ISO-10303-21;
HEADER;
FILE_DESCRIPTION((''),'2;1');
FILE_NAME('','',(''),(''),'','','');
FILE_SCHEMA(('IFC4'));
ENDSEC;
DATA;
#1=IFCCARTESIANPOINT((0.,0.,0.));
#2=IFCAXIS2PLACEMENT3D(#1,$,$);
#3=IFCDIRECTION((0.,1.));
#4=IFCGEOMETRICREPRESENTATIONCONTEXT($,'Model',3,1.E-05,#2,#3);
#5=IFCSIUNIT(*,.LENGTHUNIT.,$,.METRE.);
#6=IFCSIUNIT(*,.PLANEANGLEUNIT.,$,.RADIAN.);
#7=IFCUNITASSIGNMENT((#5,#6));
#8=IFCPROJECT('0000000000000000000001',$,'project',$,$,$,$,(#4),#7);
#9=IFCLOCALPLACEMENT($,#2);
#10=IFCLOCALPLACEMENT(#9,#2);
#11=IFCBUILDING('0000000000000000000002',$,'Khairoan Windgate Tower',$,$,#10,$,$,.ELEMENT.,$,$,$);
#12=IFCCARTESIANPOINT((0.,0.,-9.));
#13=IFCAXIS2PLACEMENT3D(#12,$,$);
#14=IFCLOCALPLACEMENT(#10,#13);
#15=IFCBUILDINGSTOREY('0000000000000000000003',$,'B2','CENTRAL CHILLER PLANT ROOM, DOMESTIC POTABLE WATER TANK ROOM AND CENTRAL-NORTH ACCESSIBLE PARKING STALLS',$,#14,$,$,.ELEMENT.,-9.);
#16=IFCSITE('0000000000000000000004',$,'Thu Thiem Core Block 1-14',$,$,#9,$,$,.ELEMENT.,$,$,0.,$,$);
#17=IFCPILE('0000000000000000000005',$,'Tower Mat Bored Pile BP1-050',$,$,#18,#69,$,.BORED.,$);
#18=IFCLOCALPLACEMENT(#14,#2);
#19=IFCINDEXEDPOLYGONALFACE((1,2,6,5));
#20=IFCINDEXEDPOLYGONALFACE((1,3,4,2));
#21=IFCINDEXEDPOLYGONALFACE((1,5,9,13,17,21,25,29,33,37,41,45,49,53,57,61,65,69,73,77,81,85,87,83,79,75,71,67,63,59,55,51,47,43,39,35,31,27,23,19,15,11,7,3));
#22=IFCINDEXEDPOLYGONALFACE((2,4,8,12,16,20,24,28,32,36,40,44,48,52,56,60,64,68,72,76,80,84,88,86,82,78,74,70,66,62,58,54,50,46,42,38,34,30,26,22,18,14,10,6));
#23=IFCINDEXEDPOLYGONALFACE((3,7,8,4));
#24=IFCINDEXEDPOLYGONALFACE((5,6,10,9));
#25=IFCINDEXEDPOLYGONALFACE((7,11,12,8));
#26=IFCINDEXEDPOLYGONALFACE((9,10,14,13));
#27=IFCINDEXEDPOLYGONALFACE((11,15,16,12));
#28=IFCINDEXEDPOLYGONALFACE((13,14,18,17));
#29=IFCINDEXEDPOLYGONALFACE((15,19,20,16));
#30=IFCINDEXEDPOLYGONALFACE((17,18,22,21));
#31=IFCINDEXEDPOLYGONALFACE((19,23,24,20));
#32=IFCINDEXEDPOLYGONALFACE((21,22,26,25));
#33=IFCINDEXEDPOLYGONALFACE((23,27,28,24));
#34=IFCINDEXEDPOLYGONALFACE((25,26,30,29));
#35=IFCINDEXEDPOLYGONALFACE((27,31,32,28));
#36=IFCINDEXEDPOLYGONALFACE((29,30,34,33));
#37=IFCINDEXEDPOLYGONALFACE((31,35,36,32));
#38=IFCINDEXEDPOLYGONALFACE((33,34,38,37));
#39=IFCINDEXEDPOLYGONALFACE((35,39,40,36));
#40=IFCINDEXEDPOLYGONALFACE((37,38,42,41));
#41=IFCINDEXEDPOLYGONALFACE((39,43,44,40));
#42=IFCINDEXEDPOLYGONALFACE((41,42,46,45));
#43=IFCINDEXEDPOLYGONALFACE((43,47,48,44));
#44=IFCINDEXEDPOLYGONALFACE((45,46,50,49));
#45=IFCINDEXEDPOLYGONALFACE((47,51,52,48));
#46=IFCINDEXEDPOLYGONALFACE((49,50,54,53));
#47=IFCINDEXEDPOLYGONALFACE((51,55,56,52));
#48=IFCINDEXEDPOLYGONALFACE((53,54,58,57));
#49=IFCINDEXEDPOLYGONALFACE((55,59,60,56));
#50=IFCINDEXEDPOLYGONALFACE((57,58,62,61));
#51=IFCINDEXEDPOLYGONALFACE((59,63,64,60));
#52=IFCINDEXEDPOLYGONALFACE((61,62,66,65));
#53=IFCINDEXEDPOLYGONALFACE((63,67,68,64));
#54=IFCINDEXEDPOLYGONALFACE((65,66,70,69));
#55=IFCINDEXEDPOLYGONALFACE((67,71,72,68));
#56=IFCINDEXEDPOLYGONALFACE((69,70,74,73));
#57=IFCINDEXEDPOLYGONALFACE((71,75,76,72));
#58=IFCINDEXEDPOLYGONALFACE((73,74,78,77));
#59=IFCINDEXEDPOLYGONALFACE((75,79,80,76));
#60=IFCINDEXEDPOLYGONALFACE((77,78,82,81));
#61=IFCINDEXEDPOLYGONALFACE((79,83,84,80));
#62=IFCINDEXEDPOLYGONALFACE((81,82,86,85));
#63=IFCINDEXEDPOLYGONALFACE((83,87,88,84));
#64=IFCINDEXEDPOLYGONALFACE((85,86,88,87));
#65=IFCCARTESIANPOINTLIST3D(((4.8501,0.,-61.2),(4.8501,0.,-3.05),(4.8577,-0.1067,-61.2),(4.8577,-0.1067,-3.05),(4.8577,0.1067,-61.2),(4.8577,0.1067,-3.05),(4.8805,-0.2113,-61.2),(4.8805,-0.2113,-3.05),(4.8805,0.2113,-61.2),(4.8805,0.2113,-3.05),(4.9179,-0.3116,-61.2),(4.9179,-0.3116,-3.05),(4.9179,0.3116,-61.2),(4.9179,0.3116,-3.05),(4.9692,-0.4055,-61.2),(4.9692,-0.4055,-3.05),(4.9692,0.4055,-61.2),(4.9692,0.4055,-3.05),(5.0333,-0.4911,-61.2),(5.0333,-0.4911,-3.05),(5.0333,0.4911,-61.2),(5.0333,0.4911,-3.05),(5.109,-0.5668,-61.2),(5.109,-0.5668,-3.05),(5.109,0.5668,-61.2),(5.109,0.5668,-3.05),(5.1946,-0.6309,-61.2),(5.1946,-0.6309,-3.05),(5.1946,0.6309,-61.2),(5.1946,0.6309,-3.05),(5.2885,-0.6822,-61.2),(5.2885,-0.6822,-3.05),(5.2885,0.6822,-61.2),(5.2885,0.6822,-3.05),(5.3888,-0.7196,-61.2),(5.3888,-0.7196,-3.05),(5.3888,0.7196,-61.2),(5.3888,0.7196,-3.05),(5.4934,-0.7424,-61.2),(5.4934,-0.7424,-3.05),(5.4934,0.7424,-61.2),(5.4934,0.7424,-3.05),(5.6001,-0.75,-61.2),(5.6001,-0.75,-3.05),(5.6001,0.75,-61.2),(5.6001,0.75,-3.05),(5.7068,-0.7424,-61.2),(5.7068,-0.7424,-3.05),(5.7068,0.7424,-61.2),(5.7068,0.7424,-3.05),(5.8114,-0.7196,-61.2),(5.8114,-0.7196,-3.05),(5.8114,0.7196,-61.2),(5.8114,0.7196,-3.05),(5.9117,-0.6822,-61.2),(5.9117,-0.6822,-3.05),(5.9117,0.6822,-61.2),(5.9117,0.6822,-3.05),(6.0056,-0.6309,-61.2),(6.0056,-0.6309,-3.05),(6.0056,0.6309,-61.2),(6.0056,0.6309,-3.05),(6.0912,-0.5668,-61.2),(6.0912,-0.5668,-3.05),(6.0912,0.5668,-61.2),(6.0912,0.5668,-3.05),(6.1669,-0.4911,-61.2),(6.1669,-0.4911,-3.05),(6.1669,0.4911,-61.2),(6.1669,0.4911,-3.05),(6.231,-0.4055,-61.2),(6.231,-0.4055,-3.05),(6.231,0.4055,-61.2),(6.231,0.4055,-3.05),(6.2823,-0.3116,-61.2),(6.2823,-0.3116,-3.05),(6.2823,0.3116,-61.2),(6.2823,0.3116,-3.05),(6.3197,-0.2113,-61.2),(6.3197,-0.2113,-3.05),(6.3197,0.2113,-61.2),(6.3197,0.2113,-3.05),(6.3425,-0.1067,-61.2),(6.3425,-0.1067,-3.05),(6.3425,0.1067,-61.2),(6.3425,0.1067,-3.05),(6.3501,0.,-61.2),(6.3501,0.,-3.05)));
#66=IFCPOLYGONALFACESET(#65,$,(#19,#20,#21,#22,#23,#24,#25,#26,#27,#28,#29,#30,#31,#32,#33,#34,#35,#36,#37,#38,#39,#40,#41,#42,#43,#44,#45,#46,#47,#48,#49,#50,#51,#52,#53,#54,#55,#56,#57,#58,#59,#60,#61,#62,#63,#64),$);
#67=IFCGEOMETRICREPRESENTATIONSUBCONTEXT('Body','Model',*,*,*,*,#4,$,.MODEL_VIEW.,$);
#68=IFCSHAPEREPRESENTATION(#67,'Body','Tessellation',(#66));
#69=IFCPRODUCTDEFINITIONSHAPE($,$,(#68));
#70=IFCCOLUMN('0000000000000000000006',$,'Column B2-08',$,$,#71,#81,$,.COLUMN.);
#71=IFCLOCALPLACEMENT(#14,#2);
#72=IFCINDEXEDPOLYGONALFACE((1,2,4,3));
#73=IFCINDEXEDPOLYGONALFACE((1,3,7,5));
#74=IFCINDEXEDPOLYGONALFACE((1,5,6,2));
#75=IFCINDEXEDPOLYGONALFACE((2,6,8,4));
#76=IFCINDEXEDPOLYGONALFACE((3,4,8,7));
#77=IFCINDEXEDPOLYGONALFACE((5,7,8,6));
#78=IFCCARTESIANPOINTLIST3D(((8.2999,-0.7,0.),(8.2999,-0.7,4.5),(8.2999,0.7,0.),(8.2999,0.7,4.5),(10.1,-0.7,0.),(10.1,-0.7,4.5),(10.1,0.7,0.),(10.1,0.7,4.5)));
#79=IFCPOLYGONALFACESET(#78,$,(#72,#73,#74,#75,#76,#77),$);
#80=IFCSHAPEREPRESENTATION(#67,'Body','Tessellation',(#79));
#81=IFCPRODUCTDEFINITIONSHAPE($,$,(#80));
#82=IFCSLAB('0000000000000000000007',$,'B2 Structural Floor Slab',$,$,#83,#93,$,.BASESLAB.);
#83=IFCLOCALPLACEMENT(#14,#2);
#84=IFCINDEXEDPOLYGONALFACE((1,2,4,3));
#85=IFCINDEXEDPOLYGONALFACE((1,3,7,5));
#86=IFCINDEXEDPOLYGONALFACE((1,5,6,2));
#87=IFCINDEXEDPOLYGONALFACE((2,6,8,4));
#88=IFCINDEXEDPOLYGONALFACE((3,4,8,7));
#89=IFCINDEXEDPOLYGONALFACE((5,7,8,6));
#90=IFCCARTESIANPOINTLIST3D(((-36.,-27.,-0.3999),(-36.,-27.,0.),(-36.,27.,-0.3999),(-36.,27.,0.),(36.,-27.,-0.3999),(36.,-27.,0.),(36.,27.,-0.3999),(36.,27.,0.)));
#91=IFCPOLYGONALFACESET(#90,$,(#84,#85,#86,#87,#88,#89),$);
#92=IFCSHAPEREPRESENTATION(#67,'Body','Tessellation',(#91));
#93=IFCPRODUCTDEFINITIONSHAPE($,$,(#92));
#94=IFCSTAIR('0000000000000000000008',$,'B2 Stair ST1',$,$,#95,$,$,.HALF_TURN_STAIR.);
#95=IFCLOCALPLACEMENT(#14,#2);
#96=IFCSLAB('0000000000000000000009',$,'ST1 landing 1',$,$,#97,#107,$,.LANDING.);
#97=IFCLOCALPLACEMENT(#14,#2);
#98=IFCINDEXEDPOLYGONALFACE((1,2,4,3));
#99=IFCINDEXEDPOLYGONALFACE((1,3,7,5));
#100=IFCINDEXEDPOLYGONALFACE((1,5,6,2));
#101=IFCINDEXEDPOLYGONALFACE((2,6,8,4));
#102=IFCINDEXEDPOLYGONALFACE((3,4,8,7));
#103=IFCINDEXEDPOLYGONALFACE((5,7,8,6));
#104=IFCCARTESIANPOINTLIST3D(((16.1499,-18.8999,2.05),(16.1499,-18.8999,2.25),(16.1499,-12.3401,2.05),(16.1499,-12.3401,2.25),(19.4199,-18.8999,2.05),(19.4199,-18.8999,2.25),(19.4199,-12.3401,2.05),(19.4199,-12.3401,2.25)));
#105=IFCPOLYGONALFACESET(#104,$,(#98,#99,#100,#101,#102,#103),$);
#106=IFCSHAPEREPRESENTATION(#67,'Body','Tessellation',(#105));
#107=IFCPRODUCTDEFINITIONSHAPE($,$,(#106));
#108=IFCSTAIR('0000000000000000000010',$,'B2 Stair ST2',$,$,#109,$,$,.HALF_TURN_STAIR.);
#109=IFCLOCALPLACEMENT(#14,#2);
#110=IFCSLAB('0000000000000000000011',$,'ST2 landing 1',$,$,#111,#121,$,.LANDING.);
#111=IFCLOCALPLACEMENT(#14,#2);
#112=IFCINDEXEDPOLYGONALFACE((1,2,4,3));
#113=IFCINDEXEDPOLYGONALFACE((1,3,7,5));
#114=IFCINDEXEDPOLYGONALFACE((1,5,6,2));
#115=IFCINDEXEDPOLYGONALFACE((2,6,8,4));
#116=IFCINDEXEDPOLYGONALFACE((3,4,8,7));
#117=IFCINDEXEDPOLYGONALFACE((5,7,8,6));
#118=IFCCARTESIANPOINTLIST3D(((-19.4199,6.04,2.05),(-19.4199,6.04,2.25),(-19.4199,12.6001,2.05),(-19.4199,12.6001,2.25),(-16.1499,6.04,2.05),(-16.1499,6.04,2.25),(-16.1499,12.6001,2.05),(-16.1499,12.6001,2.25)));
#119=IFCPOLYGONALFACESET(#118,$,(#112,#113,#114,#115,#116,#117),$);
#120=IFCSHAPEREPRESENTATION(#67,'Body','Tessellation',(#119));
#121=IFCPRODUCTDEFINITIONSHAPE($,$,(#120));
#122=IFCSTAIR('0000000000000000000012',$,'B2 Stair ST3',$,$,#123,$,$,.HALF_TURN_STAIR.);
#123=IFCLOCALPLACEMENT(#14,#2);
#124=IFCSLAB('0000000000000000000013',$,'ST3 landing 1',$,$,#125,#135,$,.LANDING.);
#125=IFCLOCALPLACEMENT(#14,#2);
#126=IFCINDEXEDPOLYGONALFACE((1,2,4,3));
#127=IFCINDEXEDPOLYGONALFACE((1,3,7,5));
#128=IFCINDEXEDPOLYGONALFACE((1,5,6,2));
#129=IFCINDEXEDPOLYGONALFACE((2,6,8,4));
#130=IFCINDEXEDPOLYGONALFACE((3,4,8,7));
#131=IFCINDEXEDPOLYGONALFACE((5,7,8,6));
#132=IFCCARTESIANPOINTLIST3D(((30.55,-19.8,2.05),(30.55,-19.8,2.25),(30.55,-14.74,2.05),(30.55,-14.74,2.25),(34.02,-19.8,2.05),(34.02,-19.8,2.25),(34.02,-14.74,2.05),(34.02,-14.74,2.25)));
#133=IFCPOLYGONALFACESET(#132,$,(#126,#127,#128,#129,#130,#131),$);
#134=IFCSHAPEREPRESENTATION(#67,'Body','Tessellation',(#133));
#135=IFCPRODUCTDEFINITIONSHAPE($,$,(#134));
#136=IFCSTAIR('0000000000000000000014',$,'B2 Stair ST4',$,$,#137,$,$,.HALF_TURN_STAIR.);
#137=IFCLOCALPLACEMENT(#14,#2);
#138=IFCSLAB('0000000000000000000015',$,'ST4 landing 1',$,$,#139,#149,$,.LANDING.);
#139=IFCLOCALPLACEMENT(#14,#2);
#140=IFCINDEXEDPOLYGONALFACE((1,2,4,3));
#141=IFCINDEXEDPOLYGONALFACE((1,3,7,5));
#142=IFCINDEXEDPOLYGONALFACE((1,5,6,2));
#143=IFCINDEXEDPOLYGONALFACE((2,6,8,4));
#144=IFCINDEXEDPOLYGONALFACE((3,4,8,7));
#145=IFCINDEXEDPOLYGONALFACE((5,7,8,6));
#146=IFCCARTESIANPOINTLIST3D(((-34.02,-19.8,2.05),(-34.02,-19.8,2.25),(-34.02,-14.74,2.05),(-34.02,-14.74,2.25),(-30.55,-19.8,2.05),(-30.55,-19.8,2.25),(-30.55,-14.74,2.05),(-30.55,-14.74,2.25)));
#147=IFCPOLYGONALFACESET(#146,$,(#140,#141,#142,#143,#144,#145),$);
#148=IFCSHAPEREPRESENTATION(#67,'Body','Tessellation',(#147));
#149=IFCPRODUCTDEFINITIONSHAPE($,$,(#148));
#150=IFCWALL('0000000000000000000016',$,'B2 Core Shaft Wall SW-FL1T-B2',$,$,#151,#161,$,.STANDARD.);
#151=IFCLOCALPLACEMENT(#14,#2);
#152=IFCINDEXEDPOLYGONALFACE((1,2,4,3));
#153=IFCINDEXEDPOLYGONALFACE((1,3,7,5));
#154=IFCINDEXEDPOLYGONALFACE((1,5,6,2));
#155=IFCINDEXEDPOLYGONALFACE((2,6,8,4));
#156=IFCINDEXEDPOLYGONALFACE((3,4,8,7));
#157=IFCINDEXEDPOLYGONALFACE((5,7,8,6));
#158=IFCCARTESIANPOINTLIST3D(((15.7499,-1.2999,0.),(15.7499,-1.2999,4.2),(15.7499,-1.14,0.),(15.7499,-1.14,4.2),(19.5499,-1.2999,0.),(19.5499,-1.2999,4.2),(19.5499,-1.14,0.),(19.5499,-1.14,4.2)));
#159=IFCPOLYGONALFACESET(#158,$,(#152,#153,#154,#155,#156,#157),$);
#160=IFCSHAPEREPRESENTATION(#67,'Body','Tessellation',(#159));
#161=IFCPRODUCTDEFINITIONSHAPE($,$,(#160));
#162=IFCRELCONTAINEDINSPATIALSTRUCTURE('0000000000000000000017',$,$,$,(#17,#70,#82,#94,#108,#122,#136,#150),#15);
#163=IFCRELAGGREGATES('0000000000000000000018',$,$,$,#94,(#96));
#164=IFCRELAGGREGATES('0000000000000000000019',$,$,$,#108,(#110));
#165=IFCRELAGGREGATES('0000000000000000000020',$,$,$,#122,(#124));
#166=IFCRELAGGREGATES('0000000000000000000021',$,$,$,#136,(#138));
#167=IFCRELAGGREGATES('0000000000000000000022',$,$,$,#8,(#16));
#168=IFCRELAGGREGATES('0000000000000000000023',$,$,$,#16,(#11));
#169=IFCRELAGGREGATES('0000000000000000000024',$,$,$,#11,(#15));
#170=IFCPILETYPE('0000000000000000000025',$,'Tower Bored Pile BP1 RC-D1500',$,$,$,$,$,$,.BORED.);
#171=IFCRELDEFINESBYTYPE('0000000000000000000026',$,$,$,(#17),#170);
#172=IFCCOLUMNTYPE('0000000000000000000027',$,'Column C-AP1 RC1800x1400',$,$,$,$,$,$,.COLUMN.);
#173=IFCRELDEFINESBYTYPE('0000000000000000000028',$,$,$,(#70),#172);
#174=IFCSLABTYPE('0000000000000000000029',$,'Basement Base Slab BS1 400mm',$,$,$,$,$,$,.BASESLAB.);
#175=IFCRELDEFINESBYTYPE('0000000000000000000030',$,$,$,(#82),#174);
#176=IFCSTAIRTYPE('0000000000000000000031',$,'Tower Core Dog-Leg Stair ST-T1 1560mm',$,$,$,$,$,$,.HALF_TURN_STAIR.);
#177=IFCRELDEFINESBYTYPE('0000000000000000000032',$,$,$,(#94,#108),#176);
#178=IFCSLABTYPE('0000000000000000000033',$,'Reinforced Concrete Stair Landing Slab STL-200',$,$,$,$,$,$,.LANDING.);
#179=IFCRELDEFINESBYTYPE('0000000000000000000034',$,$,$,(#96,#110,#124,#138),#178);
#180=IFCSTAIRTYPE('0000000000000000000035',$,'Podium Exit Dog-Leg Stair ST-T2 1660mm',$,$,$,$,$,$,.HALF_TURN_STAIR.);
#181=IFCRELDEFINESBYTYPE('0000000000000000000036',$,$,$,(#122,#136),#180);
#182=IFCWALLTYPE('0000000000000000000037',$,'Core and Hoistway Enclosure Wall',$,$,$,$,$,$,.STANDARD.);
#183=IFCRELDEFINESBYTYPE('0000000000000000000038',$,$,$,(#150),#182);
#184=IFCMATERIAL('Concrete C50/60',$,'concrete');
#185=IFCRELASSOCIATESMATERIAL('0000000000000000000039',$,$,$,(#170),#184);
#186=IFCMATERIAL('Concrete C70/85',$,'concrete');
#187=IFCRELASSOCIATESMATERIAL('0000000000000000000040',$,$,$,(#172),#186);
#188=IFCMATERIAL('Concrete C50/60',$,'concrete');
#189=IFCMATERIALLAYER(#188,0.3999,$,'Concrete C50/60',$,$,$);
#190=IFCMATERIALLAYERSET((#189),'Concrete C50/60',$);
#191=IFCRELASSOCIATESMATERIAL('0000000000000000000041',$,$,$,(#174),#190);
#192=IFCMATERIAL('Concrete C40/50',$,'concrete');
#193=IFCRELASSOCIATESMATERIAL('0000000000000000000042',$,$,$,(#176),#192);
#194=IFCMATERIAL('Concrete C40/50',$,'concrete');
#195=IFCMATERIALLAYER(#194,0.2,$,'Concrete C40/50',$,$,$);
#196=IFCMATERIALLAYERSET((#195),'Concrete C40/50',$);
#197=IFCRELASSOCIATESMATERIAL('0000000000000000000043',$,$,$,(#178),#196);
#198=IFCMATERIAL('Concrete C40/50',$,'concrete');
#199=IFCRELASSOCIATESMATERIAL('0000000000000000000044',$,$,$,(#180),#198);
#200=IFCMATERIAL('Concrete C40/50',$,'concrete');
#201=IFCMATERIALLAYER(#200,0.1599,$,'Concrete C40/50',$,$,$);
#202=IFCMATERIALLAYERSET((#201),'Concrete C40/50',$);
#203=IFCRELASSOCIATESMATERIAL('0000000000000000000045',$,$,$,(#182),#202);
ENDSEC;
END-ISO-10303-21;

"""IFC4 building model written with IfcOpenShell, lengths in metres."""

from ifc_helpers import new_model, si_unit, direction, frame, frame_2d, origin, origin_2d, place, context, subcontext, project, spatial, polyline, rectangle, circle, outline, extrude, material, layer, layer_set, material_profile, profile_set, type_object, element, aggregate, save


model = new_model("IFC4")

# Units and contexts
model_context = context("Model", 3, precision=1e-05, world=origin(), true_north=direction((0.0, 1.0)))
body_context = subcontext(model_context, "Body", "Model", "MODEL_VIEW")
ifc_project = project(units=[si_unit("LENGTHUNIT", "METRE"), si_unit("PLANEANGLEUNIT", "RADIAN")], contexts=[model_context])

# Site, building, storey
site_placement = place(None, origin())
site = spatial("IfcSite", under=ifc_project, at=site_placement, Name="Thu Thiem Core Block 1-14", CompositionType="ELEMENT", RefElevation=0.0)
building_placement = place(site_placement, origin())
building = spatial("IfcBuilding", under=site, at=building_placement, Name="Khairoan Windgate Tower", CompositionType="ELEMENT")
storey_placement = place(building_placement, frame((0.0, 0.0, -9.0)))
storey = spatial("IfcBuildingStorey", under=building, at=storey_placement, Name="B2", Description="CENTRAL CHILLER PLANT ROOM, DOMESTIC POTABLE WATER TANK ROOM AND CENTRAL-NORTH ACCESSIBLE PARKING STALLS", CompositionType="ELEMENT", Elevation=-9.0)

# Pile
ifc_material_1 = material(Name="Concrete C50/60", Category="concrete")
ifc_material_profile_1 = material_profile(ifc_material_1, circle(Radius=0.75, at=origin_2d()))
ifc_profile_set_1 = profile_set([ifc_material_profile_1], Name="Concrete C50/60")
pile_type = type_object("IfcPileType", Name="Tower Bored Pile BP1 RC-D1500", PredefinedType="BORED", material=ifc_profile_set_1)
pile_placement = place(storey_placement, frame((5.6001, 0.0, -3.05), z_axis=(0.0, 0.0, -1.0), x_axis=(1.0, 0.0, 0.0)))
element("IfcPile", 1, at=pile_placement, inside=storey, type_object=pile_type, Name="Tower Mat Bored Pile BP1-050", PredefinedType="BORED", context=body_context, shape_type="SweptSolid", body=[
    extrude(circle(Radius=0.75, at=origin_2d()), origin(), (0.0, 0.0, 1.0), 58.1499),
])

# Column
ifc_material_2 = material(Name="Concrete C70/85", Category="concrete")
ifc_material_profile_2 = material_profile(ifc_material_2, rectangle(XDim=1.8, YDim=1.3999, at=origin_2d()))
ifc_profile_set_2 = profile_set([ifc_material_profile_2], Name="Concrete C70/85")
column_type = type_object("IfcColumnType", Name="Column C-AP1 RC1800x1400", PredefinedType="COLUMN", material=ifc_profile_set_2)
column_placement = place(storey_placement, frame((9.2, 0.0, 0.0), z_axis=(0.0, 0.0, 1.0), x_axis=(1.0, 0.0, 0.0)))
element("IfcColumn", 2, at=column_placement, inside=storey, type_object=column_type, Name="Column B2-08", PredefinedType="COLUMN", context=body_context, shape_type="SweptSolid", body=[
    extrude(rectangle(XDim=1.8, YDim=1.3999, at=origin_2d()), origin(), (0.0, 0.0, 1.0), 4.5),
])

# Slab
ifc_material_3 = material(Name="Concrete C50/60", Category="concrete")
ifc_layer_1 = layer(ifc_material_3, 0.3999, Name="Concrete C50/60")
ifc_layer_set_1 = layer_set([ifc_layer_1], Name="Concrete C50/60")
slab_type_1 = type_object("IfcSlabType", Name="Basement Base Slab BS1 400mm", PredefinedType="BASESLAB", material=ifc_layer_set_1)
slab_1_placement = place(storey_placement, frame((0.0, 0.0, -0.3999)))
element("IfcSlab", 3, at=slab_1_placement, inside=storey, type_object=slab_type_1, Name="B2 Structural Floor Slab", PredefinedType="BASESLAB", context=body_context, shape_type="SweptSolid", body=[
    extrude(outline(polyline([(-36.0, -27.0), (36.0, -27.0), (36.0, 27.0), (-36.0, 27.0), (-36.0, -27.0)])), origin(), (0.0, 0.0, 1.0), 0.3999),
])

# Stairs, slabs
ifc_material_4 = material(Name="Concrete C40/50", Category="concrete")
stair_type_1 = type_object("IfcStairType", Name="Tower Core Dog-Leg Stair ST-T1 1560mm", PredefinedType="HALF_TURN_STAIR", material=ifc_material_4)
stair_1_placement = place(storey_placement, origin())
stair_1 = element("IfcStair", 4, at=stair_1_placement, inside=storey, type_object=stair_type_1, Name="B2 Stair ST1", PredefinedType="HALF_TURN_STAIR")
ifc_material_5 = material(Name="Concrete C40/50", Category="concrete")
ifc_layer_2 = layer(ifc_material_5, 0.2, Name="Concrete C40/50")
ifc_layer_set_2 = layer_set([ifc_layer_2], Name="Concrete C40/50")
slab_type_2 = type_object("IfcSlabType", Name="Reinforced Concrete Stair Landing Slab STL-200", PredefinedType="LANDING", material=ifc_layer_set_2)
slab_2_placement = place(storey_placement, frame((0.0, 0.0, 2.05)))
slab_2 = element("IfcSlab", 5, at=slab_2_placement, type_object=slab_type_2, Name="ST1 landing 1", PredefinedType="LANDING", context=body_context, shape_type="SweptSolid", body=[
    extrude(outline(polyline([(16.1499, -12.3401), (16.1499, -18.8999), (19.4199, -18.8999), (19.4199, -12.3401), (16.1499, -12.3401)])), origin(), (0.0, 0.0, 1.0), 0.2),
])
aggregate(stair_1, [slab_2])
stair_2_placement = place(storey_placement, origin())
stair_2 = element("IfcStair", 6, at=stair_2_placement, inside=storey, type_object=stair_type_1, Name="B2 Stair ST2", PredefinedType="HALF_TURN_STAIR")
slab_3_placement = place(storey_placement, frame((0.0, 0.0, 2.05)))
slab_3 = element("IfcSlab", 7, at=slab_3_placement, type_object=slab_type_2, Name="ST2 landing 1", PredefinedType="LANDING", context=body_context, shape_type="SweptSolid", body=[
    extrude(outline(polyline([(-16.1499, 6.04), (-16.1499, 12.6001), (-19.4199, 12.6001), (-19.4199, 6.04), (-16.1499, 6.04)])), origin(), (0.0, 0.0, 1.0), 0.2),
])
aggregate(stair_2, [slab_3])
ifc_material_6 = material(Name="Concrete C40/50", Category="concrete")
stair_type_2 = type_object("IfcStairType", Name="Podium Exit Dog-Leg Stair ST-T2 1660mm", PredefinedType="HALF_TURN_STAIR", material=ifc_material_6)
stair_3_placement = place(storey_placement, origin())
stair_3 = element("IfcStair", 8, at=stair_3_placement, inside=storey, type_object=stair_type_2, Name="B2 Stair ST3", PredefinedType="HALF_TURN_STAIR")
slab_4_placement = place(storey_placement, frame((0.0, 0.0, 2.05)))
slab_4 = element("IfcSlab", 9, at=slab_4_placement, type_object=slab_type_2, Name="ST3 landing 1", PredefinedType="LANDING", context=body_context, shape_type="SweptSolid", body=[
    extrude(outline(polyline([(30.55, -14.74), (30.55, -19.8), (34.02, -19.8), (34.02, -14.74), (30.55, -14.74)])), origin(), (0.0, 0.0, 1.0), 0.2),
])
aggregate(stair_3, [slab_4])
stair_4_placement = place(storey_placement, origin())
stair_4 = element("IfcStair", 10, at=stair_4_placement, inside=storey, type_object=stair_type_2, Name="B2 Stair ST4", PredefinedType="HALF_TURN_STAIR")
slab_5_placement = place(storey_placement, frame((0.0, 0.0, 2.05)))
slab_5 = element("IfcSlab", 11, at=slab_5_placement, type_object=slab_type_2, Name="ST4 landing 1", PredefinedType="LANDING", context=body_context, shape_type="SweptSolid", body=[
    extrude(outline(polyline([(-34.02, -14.74), (-34.02, -19.8), (-30.55, -19.8), (-30.55, -14.74), (-34.02, -14.74)])), origin(), (0.0, 0.0, 1.0), 0.2),
])
aggregate(stair_4, [slab_5])

# Wall
ifc_material_7 = material(Name="Concrete C40/50", Category="concrete")
ifc_layer_3 = layer(ifc_material_7, 0.1599, Name="Concrete C40/50")
ifc_layer_set_3 = layer_set([ifc_layer_3], Name="Concrete C40/50")
wall_type = type_object("IfcWallType", Name="Core and Hoistway Enclosure Wall", PredefinedType="STANDARD", material=ifc_layer_set_3)
wall_placement = place(storey_placement, frame((15.75, -1.22, 0.0), z_axis=(0.0, 0.0, 1.0), x_axis=(1.0, 0.0, 0.0)))
element("IfcWall", 12, at=wall_placement, inside=storey, type_object=wall_type, Name="B2 Core Shaft Wall SW-FL1T-B2", PredefinedType="STANDARD", context=body_context, shape_type="SweptSolid", body=[
    extrude(rectangle(XDim=3.8, YDim=0.1599, at=frame_2d((1.8999, 0.0))), origin(), (0.0, 0.0, 1.0), 4.2),
])

save(model, "model.ifc")
